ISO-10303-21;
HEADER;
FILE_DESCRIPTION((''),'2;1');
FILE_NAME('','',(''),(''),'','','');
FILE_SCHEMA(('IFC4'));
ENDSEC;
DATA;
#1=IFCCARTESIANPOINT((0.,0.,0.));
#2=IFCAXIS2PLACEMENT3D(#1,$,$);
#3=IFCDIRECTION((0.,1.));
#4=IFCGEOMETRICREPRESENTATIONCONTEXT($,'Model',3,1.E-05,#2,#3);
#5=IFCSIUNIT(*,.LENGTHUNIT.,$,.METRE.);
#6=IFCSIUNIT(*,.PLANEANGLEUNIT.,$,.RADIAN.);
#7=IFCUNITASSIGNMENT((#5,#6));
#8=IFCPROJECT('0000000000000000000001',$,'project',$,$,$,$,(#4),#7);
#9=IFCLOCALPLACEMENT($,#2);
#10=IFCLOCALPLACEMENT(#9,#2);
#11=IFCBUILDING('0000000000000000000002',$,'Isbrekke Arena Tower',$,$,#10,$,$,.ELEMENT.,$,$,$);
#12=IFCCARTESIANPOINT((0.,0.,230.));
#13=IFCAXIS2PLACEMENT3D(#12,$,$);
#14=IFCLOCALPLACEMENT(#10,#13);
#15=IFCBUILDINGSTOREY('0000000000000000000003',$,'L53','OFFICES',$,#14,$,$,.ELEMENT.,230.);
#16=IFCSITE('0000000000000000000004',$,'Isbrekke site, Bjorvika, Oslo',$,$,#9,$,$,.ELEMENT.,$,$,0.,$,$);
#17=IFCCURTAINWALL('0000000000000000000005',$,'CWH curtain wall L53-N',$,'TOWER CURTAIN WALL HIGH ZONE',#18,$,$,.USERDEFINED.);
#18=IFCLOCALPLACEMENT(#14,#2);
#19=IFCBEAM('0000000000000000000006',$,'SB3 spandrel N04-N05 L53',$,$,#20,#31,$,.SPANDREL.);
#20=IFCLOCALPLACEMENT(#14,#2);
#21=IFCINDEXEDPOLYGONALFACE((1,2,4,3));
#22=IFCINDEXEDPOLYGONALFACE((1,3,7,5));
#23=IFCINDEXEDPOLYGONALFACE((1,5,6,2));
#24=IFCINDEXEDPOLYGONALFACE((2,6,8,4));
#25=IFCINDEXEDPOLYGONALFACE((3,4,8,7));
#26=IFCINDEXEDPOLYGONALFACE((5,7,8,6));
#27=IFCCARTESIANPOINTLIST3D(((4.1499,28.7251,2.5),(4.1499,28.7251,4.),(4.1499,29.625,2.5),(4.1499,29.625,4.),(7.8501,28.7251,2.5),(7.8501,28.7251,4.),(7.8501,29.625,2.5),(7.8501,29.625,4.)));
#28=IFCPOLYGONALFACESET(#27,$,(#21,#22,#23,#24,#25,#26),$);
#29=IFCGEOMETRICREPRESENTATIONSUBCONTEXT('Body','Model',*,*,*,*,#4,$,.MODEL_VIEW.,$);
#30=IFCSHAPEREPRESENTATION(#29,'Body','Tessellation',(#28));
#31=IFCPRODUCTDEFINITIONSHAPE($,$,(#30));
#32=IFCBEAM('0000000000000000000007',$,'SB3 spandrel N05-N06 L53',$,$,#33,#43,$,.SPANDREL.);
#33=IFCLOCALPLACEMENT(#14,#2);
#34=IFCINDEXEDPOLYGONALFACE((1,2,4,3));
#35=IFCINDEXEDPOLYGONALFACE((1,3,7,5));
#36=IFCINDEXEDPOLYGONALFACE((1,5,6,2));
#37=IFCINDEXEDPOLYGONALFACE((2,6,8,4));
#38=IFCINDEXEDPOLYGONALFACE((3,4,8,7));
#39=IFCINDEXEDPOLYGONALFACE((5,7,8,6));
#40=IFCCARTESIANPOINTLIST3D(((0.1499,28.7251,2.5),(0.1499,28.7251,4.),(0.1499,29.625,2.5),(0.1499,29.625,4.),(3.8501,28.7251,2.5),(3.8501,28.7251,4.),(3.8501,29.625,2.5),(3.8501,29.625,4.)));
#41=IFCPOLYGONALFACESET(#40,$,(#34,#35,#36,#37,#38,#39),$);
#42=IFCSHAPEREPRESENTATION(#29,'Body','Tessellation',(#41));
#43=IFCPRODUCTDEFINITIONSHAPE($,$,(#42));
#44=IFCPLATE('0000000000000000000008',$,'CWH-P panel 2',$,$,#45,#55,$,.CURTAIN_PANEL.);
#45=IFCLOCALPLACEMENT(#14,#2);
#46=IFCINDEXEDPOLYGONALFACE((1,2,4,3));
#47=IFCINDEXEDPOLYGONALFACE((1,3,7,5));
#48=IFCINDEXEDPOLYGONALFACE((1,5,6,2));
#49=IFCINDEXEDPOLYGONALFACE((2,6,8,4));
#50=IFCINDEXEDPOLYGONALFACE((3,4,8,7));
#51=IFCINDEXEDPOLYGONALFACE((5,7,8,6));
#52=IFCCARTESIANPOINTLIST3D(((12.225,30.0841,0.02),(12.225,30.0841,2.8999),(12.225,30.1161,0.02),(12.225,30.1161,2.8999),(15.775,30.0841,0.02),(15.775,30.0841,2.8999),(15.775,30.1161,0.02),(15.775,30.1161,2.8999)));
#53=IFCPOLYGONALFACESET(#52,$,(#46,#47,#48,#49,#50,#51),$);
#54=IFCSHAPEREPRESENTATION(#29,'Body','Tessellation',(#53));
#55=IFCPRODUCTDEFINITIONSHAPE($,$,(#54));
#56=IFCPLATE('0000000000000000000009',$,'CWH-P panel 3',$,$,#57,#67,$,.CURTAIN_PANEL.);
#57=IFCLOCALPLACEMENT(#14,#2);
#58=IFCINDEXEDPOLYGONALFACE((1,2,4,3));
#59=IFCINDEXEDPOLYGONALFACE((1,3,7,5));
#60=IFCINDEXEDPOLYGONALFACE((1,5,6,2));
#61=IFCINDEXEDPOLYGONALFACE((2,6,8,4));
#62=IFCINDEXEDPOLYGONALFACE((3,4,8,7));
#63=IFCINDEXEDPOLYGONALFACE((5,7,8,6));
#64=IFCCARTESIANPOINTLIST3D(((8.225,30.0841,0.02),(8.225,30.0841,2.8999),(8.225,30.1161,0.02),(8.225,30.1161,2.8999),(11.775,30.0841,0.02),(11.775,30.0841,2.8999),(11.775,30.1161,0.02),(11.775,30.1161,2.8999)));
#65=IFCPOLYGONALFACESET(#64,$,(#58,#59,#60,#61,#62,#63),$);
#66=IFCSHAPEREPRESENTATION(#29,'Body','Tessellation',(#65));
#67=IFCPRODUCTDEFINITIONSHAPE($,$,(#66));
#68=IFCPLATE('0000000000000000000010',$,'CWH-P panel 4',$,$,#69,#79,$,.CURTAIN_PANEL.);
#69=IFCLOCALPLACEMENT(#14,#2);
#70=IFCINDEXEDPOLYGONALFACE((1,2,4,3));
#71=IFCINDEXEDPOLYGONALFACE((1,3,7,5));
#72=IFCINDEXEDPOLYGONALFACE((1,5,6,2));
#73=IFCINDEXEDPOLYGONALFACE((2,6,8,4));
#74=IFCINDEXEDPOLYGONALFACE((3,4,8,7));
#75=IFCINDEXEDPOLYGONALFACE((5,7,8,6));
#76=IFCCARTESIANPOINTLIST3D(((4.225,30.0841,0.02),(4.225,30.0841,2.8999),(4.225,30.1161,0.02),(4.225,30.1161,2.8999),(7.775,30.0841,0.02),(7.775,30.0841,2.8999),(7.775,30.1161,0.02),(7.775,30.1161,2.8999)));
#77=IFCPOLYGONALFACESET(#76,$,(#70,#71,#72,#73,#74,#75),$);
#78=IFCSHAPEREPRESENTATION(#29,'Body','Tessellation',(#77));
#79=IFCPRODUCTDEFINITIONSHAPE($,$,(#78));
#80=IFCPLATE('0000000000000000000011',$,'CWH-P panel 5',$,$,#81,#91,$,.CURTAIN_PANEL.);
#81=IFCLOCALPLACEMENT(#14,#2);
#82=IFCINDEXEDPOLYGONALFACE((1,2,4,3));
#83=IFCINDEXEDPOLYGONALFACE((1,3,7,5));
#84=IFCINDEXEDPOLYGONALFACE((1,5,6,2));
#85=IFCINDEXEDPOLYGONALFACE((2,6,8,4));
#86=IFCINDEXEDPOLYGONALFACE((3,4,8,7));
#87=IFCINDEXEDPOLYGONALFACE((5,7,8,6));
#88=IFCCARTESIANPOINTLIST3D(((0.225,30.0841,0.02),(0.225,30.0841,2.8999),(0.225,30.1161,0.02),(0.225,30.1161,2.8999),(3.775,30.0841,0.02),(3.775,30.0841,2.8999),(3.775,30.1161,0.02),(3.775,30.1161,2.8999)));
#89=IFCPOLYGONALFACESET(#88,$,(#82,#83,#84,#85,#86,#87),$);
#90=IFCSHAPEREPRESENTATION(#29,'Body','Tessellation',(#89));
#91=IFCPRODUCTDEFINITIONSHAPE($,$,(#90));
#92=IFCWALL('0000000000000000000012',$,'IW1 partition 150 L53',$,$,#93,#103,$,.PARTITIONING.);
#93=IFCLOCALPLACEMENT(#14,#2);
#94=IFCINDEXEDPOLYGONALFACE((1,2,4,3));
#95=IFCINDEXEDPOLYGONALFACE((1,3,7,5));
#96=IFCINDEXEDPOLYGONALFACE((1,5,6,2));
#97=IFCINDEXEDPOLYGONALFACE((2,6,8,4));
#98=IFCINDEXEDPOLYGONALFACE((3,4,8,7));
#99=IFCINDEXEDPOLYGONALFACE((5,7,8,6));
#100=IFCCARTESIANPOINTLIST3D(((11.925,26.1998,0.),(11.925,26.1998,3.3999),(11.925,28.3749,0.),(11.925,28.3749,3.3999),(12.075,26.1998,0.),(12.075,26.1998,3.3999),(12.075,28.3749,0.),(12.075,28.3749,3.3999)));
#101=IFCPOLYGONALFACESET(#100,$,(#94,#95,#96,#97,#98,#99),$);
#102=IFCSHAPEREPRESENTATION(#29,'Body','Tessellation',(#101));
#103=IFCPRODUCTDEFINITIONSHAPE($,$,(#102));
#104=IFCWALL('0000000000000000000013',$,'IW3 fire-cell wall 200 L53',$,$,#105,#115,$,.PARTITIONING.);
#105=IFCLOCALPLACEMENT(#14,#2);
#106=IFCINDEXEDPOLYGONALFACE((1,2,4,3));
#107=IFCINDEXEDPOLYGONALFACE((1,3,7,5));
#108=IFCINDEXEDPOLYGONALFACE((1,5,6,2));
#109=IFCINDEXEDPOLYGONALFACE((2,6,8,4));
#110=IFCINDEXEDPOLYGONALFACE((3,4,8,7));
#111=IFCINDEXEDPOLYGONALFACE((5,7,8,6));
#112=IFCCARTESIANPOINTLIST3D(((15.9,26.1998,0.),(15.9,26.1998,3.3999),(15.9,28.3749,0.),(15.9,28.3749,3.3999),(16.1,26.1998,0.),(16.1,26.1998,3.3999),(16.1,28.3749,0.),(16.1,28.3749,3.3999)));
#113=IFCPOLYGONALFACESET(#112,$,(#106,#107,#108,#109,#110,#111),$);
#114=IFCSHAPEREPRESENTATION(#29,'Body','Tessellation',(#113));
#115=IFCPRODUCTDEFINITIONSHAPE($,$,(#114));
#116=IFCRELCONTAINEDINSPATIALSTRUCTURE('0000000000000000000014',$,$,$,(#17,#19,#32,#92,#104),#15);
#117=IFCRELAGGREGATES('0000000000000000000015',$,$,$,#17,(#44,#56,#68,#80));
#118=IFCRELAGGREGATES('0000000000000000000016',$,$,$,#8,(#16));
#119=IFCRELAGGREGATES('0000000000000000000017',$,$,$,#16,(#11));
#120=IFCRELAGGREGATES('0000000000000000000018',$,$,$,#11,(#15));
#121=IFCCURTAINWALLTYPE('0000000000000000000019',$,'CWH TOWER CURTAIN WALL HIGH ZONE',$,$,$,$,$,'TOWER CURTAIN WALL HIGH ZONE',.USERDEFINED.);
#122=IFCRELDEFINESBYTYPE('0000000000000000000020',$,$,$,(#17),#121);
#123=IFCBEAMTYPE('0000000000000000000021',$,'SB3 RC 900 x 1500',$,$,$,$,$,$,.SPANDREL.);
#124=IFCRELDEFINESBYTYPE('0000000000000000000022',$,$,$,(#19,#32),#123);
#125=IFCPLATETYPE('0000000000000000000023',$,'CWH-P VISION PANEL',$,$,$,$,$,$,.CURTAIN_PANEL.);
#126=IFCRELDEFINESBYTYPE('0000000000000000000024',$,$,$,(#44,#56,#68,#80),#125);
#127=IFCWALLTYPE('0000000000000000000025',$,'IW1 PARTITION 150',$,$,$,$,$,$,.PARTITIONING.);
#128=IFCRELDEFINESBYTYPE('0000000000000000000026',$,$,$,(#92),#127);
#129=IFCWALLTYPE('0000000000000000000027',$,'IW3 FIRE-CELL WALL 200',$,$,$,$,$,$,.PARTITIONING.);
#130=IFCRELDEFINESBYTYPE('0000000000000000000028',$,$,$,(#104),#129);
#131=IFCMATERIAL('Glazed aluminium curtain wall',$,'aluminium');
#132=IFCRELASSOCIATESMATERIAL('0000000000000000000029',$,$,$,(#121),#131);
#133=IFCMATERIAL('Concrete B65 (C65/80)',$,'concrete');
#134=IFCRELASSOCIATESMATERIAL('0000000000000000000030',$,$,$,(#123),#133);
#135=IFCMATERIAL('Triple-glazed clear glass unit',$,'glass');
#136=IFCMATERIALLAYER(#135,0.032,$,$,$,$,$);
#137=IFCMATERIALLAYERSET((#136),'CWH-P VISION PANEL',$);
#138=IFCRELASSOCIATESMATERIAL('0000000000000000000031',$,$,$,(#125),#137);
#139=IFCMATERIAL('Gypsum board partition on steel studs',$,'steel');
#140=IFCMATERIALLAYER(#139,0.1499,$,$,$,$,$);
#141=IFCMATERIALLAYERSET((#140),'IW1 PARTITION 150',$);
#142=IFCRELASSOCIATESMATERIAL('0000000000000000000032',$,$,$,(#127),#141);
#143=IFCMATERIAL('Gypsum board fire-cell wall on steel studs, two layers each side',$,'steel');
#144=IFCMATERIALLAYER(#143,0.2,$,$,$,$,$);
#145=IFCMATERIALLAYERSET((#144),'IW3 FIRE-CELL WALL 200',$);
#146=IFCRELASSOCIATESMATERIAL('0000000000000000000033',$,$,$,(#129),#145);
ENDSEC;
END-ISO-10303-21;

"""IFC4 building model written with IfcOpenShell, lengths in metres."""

from ifc_helpers import new_model, si_unit, direction, frame, frame_2d, origin, origin_2d, place, context, subcontext, project, spatial, rectangle, extrude, material, layer, layer_set, material_profile, profile_set, type_object, element, aggregate, save


model = new_model("IFC4")

# Units and contexts
model_context = context("Model", 3, precision=1e-05, world=origin(), true_north=direction((0.0, 1.0)))
body_context = subcontext(model_context, "Body", "Model", "MODEL_VIEW")
ifc_project = project(units=[si_unit("LENGTHUNIT", "METRE"), si_unit("PLANEANGLEUNIT", "RADIAN")], contexts=[model_context])

# Site, building, storey
site_placement = place(None, origin())
site = spatial("IfcSite", under=ifc_project, at=site_placement, Name="Isbrekke site, Bjorvika, Oslo", CompositionType="ELEMENT", RefElevation=0.0)
building_placement = place(site_placement, origin())
building = spatial("IfcBuilding", under=site, at=building_placement, Name="Isbrekke Arena Tower", CompositionType="ELEMENT")
storey_placement = place(building_placement, frame((0.0, 0.0, 230.0)))
storey = spatial("IfcBuildingStorey", under=building, at=storey_placement, Name="L53", Description="OFFICES", CompositionType="ELEMENT", Elevation=230.0)

# Curtain wall
ifc_material_1 = material(Name="Glazed aluminium curtain wall", Category="aluminium")
curtain_wall_type = type_object("IfcCurtainWallType", Name="CWH TOWER CURTAIN WALL HIGH ZONE", ElementType="TOWER CURTAIN WALL HIGH ZONE", PredefinedType="USERDEFINED", material=ifc_material_1)
curtain_wall_placement = place(storey_placement, origin())
curtain_wall = element("IfcCurtainWall", 1, at=curtain_wall_placement, inside=storey, type_object=curtain_wall_type, Name="CWH curtain wall L53-N", ObjectType="TOWER CURTAIN WALL HIGH ZONE", PredefinedType="USERDEFINED")

# Beams
ifc_material_2 = material(Name="Concrete B65 (C65/80)", Category="concrete")
ifc_material_profile_1 = material_profile(ifc_material_2, rectangle(XDim=0.8999, YDim=1.5, at=origin_2d()), Name="RC 900x1500")
ifc_profile_set_1 = profile_set([ifc_material_profile_1], Name="Concrete B65 (C65/80)")
beam_type_1 = type_object("IfcBeamType", Name="SB3 RC 900 x 1500", PredefinedType="SPANDREL", material=ifc_profile_set_1)
for number, where, z_axis, x_axis, name in (
    (2, (7.8501, 29.175, 3.25), (-1.0, 0.0, 0.0), (0.0, -1.0, 0.0), "SB3 spandrel N04-N05 L53"),
    (3, (3.8501, 29.175, 3.25), (-1.0, 0.0, 0.0), (0.0, -1.0, 0.0), "SB3 spandrel N05-N06 L53"),
):
    element("IfcBeam", number, at=place(storey_placement, frame(where, z_axis=z_axis, x_axis=x_axis)), inside=storey, type_object=beam_type_1, Name=name, PredefinedType="SPANDREL", context=body_context, shape_type="SweptSolid", body=[
        extrude(rectangle(XDim=0.8999, YDim=1.5, at=origin_2d()), origin(), (0.0, 0.0, 1.0), 3.7002),
    ])

# Plates
ifc_material_3 = material(Name="Triple-glazed clear glass unit", Category="glass")
ifc_layer_1 = layer(ifc_material_3, 0.032)
ifc_layer_set_1 = layer_set([ifc_layer_1], Name="CWH-P VISION PANEL")
plate_type = type_object("IfcPlateType", Name="CWH-P VISION PANEL", PredefinedType="CURTAIN_PANEL", material=ifc_layer_set_1)
plate_1_placement = place(storey_placement, frame((14.0, 30.1001, 0.02), z_axis=(0.0, 0.0, 1.0), x_axis=(-1.0, 0.0, 0.0)))
plate_1 = element("IfcPlate", 4, at=plate_1_placement, type_object=plate_type, Name="CWH-P panel 2", PredefinedType="CURTAIN_PANEL", context=body_context, shape_type="SweptSolid", body=[
    extrude(rectangle(XDim=3.55, YDim=0.032, at=origin_2d()), origin(), (0.0, 0.0, 1.0), 2.8799),
])
plate_2_placement = place(storey_placement, frame((10.0, 30.1001, 0.02), z_axis=(0.0, 0.0, 1.0), x_axis=(-1.0, 0.0, 0.0)))
plate_2 = element("IfcPlate", 5, at=plate_2_placement, type_object=plate_type, Name="CWH-P panel 3", PredefinedType="CURTAIN_PANEL", context=body_context, shape_type="SweptSolid", body=[
    extrude(rectangle(XDim=3.55, YDim=0.032, at=origin_2d()), origin(), (0.0, 0.0, 1.0), 2.8799),
])
plate_3_placement = place(storey_placement, frame((6.0, 30.1001, 0.02), z_axis=(0.0, 0.0, 1.0), x_axis=(-1.0, 0.0, 0.0)))
plate_3 = element("IfcPlate", 6, at=plate_3_placement, type_object=plate_type, Name="CWH-P panel 4", PredefinedType="CURTAIN_PANEL", context=body_context, shape_type="SweptSolid", body=[
    extrude(rectangle(XDim=3.55, YDim=0.032, at=origin_2d()), origin(), (0.0, 0.0, 1.0), 2.8799),
])
plate_4_placement = place(storey_placement, frame((2.0, 30.1001, 0.02), z_axis=(0.0, 0.0, 1.0), x_axis=(-1.0, 0.0, 0.0)))
plate_4 = element("IfcPlate", 7, at=plate_4_placement, type_object=plate_type, Name="CWH-P panel 5", PredefinedType="CURTAIN_PANEL", context=body_context, shape_type="SweptSolid", body=[
    extrude(rectangle(XDim=3.55, YDim=0.032, at=origin_2d()), origin(), (0.0, 0.0, 1.0), 2.8799),
])
aggregate(curtain_wall, [plate_1, plate_2, plate_3, plate_4])

# Walls
ifc_material_4 = material(Name="Gypsum board partition on steel studs", Category="steel")
ifc_layer_2 = layer(ifc_material_4, 0.1499)
ifc_layer_set_2 = layer_set([ifc_layer_2], Name="IW1 PARTITION 150")
wall_type_1 = type_object("IfcWallType", Name="IW1 PARTITION 150", PredefinedType="PARTITIONING", material=ifc_layer_set_2)
wall_1_placement = place(storey_placement, frame((12.0, 26.2, 0.0), z_axis=(0.0, 0.0, 1.0), x_axis=(0.0, 1.0, 0.0)))
element("IfcWall", 8, at=wall_1_placement, inside=storey, type_object=wall_type_1, Name="IW1 partition 150 L53", PredefinedType="PARTITIONING", context=body_context, shape_type="SweptSolid", body=[
    extrude(rectangle(XDim=2.175, YDim=0.1499, at=frame_2d((1.0874, 0.0))), origin(), (0.0, 0.0, 1.0), 3.3999),
])
ifc_material_5 = material(Name="Gypsum board fire-cell wall on steel studs, two layers each side", Category="steel")
ifc_layer_3 = layer(ifc_material_5, 0.2)
ifc_layer_set_3 = layer_set([ifc_layer_3], Name="IW3 FIRE-CELL WALL 200")
wall_type_2 = type_object("IfcWallType", Name="IW3 FIRE-CELL WALL 200", PredefinedType="PARTITIONING", material=ifc_layer_set_3)
wall_2_placement = place(storey_placement, frame((16.0, 26.2, 0.0), z_axis=(0.0, 0.0, 1.0), x_axis=(0.0, 1.0, 0.0)))
element("IfcWall", 9, at=wall_2_placement, inside=storey, type_object=wall_type_2, Name="IW3 fire-cell wall 200 L53", PredefinedType="PARTITIONING", context=body_context, shape_type="SweptSolid", body=[
    extrude(rectangle(XDim=2.175, YDim=0.2, at=frame_2d((1.0874, 0.0))), origin(), (0.0, 0.0, 1.0), 3.3999),
])

save(model, "model.ifc")
